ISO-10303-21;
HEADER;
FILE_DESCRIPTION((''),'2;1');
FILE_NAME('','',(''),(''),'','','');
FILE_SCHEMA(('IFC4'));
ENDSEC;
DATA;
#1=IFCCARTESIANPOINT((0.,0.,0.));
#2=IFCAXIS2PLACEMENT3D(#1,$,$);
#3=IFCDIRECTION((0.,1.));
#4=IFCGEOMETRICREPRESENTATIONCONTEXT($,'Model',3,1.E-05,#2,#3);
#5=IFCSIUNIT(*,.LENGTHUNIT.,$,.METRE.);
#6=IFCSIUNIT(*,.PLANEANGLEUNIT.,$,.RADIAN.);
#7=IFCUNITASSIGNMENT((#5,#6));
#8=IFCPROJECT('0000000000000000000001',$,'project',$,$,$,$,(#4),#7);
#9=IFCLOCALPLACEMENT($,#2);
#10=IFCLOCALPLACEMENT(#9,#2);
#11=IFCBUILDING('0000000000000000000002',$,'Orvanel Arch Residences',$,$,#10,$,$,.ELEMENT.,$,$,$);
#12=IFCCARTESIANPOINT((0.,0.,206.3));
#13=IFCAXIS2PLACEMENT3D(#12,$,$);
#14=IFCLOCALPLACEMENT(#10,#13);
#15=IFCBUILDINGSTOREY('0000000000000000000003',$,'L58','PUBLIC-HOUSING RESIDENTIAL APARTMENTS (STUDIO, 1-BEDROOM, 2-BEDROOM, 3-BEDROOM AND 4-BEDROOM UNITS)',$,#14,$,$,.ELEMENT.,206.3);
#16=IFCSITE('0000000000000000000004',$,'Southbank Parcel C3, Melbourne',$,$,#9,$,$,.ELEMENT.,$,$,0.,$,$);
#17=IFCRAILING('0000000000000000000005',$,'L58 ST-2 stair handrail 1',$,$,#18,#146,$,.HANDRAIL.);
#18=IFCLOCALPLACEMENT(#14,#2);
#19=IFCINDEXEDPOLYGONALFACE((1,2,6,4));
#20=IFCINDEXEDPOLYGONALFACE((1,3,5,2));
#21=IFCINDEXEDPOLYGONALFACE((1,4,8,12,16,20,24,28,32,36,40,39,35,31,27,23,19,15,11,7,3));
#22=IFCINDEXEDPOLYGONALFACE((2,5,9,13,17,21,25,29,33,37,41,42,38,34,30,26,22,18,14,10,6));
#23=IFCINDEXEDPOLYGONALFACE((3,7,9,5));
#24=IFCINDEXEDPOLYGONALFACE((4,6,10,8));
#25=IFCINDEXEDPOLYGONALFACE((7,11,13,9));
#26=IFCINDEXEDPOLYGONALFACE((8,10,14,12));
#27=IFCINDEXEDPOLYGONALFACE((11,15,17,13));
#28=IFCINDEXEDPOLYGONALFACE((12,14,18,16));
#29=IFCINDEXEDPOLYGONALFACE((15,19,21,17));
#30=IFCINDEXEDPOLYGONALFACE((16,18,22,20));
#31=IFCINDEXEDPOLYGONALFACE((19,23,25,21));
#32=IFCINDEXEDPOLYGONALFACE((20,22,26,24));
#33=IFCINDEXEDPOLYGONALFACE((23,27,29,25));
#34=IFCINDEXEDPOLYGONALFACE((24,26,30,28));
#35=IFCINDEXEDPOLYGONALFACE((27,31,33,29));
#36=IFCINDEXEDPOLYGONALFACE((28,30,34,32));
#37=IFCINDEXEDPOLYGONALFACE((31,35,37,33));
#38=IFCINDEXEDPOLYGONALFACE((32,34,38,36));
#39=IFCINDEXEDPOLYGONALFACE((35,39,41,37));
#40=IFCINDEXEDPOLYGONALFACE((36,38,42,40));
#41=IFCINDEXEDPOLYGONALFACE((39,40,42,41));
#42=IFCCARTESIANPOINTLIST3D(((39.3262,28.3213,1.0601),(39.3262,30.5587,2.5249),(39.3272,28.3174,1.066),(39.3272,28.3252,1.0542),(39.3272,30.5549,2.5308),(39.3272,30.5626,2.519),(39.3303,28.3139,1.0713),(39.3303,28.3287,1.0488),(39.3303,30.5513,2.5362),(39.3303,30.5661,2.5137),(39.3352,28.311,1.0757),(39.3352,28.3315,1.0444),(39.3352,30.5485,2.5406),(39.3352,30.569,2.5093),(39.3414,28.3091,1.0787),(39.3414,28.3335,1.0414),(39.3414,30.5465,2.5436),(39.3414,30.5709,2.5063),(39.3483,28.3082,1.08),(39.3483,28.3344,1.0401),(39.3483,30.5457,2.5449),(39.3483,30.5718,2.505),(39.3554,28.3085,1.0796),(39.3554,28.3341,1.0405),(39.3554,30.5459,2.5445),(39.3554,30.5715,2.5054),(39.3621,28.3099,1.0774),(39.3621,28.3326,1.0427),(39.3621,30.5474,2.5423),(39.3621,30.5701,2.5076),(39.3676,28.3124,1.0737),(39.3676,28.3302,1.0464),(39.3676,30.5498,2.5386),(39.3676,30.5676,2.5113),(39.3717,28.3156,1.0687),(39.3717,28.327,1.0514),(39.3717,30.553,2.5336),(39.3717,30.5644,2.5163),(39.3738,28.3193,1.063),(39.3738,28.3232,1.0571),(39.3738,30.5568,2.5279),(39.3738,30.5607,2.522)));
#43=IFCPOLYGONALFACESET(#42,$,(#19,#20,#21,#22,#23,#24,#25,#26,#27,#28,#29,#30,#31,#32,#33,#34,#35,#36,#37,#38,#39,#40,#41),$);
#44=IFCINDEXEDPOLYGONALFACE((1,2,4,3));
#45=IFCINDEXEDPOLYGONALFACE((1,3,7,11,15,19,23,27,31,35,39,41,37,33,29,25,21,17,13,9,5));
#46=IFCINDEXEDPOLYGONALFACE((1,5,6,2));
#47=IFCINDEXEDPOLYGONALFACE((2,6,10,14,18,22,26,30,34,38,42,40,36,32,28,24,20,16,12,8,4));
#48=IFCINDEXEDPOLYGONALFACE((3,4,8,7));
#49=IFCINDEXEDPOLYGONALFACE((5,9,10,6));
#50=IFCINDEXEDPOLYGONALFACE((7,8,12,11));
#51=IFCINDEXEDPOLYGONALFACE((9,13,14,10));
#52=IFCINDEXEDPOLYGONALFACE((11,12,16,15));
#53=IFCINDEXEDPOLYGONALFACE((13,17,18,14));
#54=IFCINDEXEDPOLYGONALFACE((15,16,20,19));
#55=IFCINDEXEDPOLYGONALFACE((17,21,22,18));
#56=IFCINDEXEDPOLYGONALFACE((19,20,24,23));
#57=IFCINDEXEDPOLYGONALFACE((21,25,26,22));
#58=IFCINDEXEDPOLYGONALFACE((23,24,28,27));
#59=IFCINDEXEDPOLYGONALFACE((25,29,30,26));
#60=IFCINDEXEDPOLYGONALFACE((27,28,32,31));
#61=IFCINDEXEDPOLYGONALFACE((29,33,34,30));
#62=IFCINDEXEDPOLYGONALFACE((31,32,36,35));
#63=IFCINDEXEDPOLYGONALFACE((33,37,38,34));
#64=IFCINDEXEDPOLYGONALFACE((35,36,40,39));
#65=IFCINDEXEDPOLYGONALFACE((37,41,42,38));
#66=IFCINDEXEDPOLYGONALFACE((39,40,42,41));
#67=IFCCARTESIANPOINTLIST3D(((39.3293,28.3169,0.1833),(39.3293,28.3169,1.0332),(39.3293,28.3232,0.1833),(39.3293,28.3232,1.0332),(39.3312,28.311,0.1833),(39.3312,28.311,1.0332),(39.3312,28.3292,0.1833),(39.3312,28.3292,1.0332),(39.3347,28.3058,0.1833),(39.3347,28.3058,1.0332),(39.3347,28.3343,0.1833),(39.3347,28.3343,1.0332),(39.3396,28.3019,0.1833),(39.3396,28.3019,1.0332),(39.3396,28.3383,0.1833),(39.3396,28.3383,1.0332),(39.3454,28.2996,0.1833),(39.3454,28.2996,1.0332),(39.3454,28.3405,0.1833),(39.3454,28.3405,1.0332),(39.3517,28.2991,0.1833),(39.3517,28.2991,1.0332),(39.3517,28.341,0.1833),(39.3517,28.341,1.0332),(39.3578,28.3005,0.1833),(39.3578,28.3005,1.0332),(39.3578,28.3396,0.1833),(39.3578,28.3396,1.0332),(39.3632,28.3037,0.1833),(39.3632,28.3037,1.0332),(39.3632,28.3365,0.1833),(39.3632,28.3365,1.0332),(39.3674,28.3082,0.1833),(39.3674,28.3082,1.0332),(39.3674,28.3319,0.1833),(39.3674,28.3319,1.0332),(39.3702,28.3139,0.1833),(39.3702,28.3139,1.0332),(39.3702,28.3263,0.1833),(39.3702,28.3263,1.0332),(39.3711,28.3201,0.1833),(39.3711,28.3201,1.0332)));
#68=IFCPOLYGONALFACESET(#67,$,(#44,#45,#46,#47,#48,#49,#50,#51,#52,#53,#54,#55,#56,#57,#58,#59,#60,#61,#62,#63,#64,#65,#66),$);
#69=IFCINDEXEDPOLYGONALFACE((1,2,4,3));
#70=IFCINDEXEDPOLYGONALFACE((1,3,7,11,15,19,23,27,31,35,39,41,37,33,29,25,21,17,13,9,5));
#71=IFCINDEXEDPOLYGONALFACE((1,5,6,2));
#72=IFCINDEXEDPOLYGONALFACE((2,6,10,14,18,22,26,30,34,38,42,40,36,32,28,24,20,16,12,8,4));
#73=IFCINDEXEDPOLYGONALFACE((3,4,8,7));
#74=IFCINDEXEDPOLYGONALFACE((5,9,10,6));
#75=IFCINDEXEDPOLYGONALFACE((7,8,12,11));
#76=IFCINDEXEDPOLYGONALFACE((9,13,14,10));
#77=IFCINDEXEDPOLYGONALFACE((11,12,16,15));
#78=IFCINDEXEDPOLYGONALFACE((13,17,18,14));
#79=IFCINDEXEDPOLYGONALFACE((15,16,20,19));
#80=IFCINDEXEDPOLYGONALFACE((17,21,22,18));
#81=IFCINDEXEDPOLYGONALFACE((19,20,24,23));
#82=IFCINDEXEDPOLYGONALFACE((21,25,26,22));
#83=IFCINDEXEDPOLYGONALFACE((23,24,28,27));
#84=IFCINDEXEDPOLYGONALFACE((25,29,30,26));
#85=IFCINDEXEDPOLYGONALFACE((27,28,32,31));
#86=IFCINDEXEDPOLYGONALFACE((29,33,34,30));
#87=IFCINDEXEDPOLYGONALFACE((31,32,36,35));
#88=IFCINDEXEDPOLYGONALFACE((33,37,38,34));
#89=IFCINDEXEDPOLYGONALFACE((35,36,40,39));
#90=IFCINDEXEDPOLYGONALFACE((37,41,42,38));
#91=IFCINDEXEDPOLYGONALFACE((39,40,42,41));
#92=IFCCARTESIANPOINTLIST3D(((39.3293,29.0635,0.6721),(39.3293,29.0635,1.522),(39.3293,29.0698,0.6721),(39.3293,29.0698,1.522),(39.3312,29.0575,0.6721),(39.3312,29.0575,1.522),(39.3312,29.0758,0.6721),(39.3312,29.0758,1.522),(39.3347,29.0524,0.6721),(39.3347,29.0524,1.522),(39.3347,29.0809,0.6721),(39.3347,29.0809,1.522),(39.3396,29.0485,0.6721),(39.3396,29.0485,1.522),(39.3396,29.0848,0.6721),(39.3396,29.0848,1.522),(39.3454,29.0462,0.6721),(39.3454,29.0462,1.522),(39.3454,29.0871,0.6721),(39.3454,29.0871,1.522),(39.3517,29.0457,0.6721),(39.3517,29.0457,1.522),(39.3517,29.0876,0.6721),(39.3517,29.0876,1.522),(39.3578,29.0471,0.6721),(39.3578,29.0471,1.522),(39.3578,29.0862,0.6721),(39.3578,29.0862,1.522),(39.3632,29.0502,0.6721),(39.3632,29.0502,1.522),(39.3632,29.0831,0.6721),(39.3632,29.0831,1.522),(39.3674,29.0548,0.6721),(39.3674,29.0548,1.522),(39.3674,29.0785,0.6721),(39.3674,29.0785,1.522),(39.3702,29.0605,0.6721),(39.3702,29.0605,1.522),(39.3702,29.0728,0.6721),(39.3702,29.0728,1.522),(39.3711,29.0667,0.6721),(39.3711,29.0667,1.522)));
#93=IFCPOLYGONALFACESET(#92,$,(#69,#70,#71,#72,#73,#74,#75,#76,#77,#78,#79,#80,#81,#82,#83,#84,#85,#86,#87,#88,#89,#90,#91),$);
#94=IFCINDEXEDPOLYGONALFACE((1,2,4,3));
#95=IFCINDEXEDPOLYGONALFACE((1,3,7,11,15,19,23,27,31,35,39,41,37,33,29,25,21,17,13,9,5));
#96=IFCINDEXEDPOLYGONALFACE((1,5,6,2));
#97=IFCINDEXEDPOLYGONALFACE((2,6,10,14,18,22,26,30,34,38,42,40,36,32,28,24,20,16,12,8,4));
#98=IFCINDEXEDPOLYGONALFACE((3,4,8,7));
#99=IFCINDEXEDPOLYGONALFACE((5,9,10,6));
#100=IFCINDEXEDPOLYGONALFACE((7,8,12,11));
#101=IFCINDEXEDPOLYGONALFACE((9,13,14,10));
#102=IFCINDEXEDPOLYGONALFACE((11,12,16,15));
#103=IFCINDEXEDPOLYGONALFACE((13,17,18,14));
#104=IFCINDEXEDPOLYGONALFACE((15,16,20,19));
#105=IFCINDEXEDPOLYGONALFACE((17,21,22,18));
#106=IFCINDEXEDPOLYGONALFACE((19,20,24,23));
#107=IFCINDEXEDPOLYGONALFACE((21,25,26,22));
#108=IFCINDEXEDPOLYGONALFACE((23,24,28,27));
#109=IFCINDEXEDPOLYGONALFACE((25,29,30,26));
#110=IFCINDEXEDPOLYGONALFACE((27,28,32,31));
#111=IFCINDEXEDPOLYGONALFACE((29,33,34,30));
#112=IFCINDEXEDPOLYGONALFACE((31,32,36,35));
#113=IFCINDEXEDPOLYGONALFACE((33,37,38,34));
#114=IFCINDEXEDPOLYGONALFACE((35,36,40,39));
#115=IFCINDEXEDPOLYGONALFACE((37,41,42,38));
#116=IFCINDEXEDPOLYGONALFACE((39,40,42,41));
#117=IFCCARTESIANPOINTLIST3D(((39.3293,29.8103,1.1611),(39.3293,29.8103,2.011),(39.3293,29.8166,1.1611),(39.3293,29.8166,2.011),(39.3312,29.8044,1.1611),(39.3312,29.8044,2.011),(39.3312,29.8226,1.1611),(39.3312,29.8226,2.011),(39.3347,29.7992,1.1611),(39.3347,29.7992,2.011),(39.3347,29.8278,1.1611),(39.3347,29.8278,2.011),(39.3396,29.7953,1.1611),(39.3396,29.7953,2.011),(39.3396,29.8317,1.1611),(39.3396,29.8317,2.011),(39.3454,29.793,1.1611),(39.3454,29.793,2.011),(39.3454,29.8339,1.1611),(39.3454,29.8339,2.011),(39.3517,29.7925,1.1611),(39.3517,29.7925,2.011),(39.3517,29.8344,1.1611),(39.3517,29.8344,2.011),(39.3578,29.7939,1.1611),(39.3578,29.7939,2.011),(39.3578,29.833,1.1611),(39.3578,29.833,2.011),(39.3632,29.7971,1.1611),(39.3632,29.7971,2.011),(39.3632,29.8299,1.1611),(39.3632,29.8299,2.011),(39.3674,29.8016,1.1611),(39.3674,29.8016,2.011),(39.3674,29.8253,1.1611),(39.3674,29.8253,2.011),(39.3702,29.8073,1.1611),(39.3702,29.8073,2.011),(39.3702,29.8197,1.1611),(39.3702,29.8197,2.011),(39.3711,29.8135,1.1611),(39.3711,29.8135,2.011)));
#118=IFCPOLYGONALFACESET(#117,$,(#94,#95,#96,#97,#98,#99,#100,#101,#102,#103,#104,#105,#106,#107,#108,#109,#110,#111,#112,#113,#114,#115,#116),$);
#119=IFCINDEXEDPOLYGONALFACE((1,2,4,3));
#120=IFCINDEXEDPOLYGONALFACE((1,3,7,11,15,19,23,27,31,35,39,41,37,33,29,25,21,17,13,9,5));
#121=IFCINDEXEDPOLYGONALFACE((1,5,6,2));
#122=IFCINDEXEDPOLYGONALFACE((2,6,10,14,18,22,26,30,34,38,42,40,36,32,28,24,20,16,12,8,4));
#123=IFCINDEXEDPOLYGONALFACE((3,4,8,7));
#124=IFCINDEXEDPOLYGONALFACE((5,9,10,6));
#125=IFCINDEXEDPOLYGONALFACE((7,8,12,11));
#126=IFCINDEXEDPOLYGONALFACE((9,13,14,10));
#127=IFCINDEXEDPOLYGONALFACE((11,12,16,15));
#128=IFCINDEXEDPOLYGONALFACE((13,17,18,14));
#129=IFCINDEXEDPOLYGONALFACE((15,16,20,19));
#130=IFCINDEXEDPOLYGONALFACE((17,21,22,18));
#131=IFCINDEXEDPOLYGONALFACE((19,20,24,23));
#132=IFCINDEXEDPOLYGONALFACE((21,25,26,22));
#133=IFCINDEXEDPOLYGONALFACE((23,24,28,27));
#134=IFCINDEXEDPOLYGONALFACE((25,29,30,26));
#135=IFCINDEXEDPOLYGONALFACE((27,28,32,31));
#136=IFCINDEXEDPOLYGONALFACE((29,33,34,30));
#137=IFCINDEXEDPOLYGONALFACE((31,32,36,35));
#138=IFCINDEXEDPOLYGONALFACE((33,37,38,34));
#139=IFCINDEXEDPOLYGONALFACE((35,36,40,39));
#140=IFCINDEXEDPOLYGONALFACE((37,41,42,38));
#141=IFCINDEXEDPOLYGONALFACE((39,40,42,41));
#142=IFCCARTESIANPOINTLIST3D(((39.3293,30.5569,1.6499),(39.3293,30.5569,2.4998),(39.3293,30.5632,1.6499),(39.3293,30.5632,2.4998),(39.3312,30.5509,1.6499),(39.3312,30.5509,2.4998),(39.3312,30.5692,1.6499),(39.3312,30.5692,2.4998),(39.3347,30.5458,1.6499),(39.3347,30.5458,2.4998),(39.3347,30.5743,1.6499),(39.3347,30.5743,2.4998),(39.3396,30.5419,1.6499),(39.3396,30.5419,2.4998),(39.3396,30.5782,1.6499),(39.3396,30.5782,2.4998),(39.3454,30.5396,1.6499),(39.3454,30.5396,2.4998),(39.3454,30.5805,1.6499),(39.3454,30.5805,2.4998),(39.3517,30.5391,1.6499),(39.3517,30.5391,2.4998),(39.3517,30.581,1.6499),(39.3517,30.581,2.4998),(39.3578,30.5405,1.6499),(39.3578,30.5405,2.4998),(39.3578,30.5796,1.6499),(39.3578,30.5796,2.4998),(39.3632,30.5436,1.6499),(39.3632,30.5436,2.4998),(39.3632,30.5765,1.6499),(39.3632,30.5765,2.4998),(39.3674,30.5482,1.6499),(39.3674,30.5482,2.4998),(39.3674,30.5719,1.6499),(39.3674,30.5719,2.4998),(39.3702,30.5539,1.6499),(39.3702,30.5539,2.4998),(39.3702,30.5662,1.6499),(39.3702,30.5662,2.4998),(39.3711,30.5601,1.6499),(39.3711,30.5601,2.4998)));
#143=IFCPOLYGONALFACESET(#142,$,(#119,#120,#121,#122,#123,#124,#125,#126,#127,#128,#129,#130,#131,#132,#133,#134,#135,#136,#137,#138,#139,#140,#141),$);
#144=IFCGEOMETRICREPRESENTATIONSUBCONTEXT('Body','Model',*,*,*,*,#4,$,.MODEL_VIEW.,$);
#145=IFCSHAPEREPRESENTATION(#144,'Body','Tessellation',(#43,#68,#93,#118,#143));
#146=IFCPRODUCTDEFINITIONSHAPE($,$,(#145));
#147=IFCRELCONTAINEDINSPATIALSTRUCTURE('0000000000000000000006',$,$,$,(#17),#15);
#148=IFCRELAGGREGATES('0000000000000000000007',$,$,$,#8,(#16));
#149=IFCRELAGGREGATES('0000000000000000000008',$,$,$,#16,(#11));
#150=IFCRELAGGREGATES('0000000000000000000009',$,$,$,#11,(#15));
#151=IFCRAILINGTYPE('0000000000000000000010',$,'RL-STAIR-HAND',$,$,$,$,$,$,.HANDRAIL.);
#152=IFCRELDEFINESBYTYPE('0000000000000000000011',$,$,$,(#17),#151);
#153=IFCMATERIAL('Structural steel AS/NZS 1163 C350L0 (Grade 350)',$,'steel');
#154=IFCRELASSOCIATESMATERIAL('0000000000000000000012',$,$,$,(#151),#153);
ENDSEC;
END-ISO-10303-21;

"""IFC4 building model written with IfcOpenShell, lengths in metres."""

from ifc_helpers import new_model, si_unit, direction, frame, origin, origin_2d, place, context, subcontext, project, spatial, circle, extrude, material, type_object, element, save


model = new_model("IFC4")

# Units and contexts
model_context = context("Model", 3, precision=1e-05, world=origin(), true_north=direction((0.0, 1.0)))
body_context = subcontext(model_context, "Body", "Model", "MODEL_VIEW")
ifc_project = project(units=[si_unit("LENGTHUNIT", "METRE"), si_unit("PLANEANGLEUNIT", "RADIAN")], contexts=[model_context])

# Site, building, storey
site_placement = place(None, origin())
site = spatial("IfcSite", under=ifc_project, at=site_placement, Name="Southbank Parcel C3, Melbourne", CompositionType="ELEMENT", RefElevation=0.0)
building_placement = place(site_placement, origin())
building = spatial("IfcBuilding", under=site, at=building_placement, Name="Orvanel Arch Residences", CompositionType="ELEMENT")
storey_placement = place(building_placement, frame((0.0, 0.0, 206.3)))
storey = spatial("IfcBuildingStorey", under=building, at=storey_placement, Name="L58", Description="PUBLIC-HOUSING RESIDENTIAL APARTMENTS (STUDIO, 1-BEDROOM, 2-BEDROOM, 3-BEDROOM AND 4-BEDROOM UNITS)", CompositionType="ELEMENT", Elevation=206.3)

# Railing
ifc_material_1 = material(Name="Structural steel AS/NZS 1163 C350L0 (Grade 350)", Category="steel")
railing_type_1 = type_object("IfcRailingType", Name="RL-STAIR-HAND", PredefinedType="HANDRAIL", material=ifc_material_1)
railing_1_placement = place(storey_placement, frame((39.3501, 28.3201, 0.1833)))
element("IfcRailing", 1, at=railing_1_placement, inside=storey, type_object=railing_type_1, Name="L58 ST-2 stair handrail 1", PredefinedType="HANDRAIL", context=body_context, shape_type="SweptSolid", body=[
    extrude(circle(Radius=0.0239, at=origin_2d()), frame((0.0, 0.0012, 0.8767), z_axis=(0.0, 0.836637, 0.547758), x_axis=(-1.0, 0.0, 0.0)), (0.0, 0.0, 1.0), 2.6743),
    extrude(circle(Radius=0.021, at=origin_2d()), origin(), (0.0, 0.0, 1.0), 0.8499),
    extrude(circle(Radius=0.021, at=origin_2d()), frame((0.0, 0.7466, 0.4888)), (0.0, 0.0, 1.0), 0.8499),
    extrude(circle(Radius=0.021, at=origin_2d()), frame((0.0, 1.4934, 0.9778)), (0.0, 0.0, 1.0), 0.8499),
    extrude(circle(Radius=0.021, at=origin_2d()), frame((0.0, 2.24, 1.4666)), (0.0, 0.0, 1.0), 0.8499),
])

save(model, "model.ifc")
